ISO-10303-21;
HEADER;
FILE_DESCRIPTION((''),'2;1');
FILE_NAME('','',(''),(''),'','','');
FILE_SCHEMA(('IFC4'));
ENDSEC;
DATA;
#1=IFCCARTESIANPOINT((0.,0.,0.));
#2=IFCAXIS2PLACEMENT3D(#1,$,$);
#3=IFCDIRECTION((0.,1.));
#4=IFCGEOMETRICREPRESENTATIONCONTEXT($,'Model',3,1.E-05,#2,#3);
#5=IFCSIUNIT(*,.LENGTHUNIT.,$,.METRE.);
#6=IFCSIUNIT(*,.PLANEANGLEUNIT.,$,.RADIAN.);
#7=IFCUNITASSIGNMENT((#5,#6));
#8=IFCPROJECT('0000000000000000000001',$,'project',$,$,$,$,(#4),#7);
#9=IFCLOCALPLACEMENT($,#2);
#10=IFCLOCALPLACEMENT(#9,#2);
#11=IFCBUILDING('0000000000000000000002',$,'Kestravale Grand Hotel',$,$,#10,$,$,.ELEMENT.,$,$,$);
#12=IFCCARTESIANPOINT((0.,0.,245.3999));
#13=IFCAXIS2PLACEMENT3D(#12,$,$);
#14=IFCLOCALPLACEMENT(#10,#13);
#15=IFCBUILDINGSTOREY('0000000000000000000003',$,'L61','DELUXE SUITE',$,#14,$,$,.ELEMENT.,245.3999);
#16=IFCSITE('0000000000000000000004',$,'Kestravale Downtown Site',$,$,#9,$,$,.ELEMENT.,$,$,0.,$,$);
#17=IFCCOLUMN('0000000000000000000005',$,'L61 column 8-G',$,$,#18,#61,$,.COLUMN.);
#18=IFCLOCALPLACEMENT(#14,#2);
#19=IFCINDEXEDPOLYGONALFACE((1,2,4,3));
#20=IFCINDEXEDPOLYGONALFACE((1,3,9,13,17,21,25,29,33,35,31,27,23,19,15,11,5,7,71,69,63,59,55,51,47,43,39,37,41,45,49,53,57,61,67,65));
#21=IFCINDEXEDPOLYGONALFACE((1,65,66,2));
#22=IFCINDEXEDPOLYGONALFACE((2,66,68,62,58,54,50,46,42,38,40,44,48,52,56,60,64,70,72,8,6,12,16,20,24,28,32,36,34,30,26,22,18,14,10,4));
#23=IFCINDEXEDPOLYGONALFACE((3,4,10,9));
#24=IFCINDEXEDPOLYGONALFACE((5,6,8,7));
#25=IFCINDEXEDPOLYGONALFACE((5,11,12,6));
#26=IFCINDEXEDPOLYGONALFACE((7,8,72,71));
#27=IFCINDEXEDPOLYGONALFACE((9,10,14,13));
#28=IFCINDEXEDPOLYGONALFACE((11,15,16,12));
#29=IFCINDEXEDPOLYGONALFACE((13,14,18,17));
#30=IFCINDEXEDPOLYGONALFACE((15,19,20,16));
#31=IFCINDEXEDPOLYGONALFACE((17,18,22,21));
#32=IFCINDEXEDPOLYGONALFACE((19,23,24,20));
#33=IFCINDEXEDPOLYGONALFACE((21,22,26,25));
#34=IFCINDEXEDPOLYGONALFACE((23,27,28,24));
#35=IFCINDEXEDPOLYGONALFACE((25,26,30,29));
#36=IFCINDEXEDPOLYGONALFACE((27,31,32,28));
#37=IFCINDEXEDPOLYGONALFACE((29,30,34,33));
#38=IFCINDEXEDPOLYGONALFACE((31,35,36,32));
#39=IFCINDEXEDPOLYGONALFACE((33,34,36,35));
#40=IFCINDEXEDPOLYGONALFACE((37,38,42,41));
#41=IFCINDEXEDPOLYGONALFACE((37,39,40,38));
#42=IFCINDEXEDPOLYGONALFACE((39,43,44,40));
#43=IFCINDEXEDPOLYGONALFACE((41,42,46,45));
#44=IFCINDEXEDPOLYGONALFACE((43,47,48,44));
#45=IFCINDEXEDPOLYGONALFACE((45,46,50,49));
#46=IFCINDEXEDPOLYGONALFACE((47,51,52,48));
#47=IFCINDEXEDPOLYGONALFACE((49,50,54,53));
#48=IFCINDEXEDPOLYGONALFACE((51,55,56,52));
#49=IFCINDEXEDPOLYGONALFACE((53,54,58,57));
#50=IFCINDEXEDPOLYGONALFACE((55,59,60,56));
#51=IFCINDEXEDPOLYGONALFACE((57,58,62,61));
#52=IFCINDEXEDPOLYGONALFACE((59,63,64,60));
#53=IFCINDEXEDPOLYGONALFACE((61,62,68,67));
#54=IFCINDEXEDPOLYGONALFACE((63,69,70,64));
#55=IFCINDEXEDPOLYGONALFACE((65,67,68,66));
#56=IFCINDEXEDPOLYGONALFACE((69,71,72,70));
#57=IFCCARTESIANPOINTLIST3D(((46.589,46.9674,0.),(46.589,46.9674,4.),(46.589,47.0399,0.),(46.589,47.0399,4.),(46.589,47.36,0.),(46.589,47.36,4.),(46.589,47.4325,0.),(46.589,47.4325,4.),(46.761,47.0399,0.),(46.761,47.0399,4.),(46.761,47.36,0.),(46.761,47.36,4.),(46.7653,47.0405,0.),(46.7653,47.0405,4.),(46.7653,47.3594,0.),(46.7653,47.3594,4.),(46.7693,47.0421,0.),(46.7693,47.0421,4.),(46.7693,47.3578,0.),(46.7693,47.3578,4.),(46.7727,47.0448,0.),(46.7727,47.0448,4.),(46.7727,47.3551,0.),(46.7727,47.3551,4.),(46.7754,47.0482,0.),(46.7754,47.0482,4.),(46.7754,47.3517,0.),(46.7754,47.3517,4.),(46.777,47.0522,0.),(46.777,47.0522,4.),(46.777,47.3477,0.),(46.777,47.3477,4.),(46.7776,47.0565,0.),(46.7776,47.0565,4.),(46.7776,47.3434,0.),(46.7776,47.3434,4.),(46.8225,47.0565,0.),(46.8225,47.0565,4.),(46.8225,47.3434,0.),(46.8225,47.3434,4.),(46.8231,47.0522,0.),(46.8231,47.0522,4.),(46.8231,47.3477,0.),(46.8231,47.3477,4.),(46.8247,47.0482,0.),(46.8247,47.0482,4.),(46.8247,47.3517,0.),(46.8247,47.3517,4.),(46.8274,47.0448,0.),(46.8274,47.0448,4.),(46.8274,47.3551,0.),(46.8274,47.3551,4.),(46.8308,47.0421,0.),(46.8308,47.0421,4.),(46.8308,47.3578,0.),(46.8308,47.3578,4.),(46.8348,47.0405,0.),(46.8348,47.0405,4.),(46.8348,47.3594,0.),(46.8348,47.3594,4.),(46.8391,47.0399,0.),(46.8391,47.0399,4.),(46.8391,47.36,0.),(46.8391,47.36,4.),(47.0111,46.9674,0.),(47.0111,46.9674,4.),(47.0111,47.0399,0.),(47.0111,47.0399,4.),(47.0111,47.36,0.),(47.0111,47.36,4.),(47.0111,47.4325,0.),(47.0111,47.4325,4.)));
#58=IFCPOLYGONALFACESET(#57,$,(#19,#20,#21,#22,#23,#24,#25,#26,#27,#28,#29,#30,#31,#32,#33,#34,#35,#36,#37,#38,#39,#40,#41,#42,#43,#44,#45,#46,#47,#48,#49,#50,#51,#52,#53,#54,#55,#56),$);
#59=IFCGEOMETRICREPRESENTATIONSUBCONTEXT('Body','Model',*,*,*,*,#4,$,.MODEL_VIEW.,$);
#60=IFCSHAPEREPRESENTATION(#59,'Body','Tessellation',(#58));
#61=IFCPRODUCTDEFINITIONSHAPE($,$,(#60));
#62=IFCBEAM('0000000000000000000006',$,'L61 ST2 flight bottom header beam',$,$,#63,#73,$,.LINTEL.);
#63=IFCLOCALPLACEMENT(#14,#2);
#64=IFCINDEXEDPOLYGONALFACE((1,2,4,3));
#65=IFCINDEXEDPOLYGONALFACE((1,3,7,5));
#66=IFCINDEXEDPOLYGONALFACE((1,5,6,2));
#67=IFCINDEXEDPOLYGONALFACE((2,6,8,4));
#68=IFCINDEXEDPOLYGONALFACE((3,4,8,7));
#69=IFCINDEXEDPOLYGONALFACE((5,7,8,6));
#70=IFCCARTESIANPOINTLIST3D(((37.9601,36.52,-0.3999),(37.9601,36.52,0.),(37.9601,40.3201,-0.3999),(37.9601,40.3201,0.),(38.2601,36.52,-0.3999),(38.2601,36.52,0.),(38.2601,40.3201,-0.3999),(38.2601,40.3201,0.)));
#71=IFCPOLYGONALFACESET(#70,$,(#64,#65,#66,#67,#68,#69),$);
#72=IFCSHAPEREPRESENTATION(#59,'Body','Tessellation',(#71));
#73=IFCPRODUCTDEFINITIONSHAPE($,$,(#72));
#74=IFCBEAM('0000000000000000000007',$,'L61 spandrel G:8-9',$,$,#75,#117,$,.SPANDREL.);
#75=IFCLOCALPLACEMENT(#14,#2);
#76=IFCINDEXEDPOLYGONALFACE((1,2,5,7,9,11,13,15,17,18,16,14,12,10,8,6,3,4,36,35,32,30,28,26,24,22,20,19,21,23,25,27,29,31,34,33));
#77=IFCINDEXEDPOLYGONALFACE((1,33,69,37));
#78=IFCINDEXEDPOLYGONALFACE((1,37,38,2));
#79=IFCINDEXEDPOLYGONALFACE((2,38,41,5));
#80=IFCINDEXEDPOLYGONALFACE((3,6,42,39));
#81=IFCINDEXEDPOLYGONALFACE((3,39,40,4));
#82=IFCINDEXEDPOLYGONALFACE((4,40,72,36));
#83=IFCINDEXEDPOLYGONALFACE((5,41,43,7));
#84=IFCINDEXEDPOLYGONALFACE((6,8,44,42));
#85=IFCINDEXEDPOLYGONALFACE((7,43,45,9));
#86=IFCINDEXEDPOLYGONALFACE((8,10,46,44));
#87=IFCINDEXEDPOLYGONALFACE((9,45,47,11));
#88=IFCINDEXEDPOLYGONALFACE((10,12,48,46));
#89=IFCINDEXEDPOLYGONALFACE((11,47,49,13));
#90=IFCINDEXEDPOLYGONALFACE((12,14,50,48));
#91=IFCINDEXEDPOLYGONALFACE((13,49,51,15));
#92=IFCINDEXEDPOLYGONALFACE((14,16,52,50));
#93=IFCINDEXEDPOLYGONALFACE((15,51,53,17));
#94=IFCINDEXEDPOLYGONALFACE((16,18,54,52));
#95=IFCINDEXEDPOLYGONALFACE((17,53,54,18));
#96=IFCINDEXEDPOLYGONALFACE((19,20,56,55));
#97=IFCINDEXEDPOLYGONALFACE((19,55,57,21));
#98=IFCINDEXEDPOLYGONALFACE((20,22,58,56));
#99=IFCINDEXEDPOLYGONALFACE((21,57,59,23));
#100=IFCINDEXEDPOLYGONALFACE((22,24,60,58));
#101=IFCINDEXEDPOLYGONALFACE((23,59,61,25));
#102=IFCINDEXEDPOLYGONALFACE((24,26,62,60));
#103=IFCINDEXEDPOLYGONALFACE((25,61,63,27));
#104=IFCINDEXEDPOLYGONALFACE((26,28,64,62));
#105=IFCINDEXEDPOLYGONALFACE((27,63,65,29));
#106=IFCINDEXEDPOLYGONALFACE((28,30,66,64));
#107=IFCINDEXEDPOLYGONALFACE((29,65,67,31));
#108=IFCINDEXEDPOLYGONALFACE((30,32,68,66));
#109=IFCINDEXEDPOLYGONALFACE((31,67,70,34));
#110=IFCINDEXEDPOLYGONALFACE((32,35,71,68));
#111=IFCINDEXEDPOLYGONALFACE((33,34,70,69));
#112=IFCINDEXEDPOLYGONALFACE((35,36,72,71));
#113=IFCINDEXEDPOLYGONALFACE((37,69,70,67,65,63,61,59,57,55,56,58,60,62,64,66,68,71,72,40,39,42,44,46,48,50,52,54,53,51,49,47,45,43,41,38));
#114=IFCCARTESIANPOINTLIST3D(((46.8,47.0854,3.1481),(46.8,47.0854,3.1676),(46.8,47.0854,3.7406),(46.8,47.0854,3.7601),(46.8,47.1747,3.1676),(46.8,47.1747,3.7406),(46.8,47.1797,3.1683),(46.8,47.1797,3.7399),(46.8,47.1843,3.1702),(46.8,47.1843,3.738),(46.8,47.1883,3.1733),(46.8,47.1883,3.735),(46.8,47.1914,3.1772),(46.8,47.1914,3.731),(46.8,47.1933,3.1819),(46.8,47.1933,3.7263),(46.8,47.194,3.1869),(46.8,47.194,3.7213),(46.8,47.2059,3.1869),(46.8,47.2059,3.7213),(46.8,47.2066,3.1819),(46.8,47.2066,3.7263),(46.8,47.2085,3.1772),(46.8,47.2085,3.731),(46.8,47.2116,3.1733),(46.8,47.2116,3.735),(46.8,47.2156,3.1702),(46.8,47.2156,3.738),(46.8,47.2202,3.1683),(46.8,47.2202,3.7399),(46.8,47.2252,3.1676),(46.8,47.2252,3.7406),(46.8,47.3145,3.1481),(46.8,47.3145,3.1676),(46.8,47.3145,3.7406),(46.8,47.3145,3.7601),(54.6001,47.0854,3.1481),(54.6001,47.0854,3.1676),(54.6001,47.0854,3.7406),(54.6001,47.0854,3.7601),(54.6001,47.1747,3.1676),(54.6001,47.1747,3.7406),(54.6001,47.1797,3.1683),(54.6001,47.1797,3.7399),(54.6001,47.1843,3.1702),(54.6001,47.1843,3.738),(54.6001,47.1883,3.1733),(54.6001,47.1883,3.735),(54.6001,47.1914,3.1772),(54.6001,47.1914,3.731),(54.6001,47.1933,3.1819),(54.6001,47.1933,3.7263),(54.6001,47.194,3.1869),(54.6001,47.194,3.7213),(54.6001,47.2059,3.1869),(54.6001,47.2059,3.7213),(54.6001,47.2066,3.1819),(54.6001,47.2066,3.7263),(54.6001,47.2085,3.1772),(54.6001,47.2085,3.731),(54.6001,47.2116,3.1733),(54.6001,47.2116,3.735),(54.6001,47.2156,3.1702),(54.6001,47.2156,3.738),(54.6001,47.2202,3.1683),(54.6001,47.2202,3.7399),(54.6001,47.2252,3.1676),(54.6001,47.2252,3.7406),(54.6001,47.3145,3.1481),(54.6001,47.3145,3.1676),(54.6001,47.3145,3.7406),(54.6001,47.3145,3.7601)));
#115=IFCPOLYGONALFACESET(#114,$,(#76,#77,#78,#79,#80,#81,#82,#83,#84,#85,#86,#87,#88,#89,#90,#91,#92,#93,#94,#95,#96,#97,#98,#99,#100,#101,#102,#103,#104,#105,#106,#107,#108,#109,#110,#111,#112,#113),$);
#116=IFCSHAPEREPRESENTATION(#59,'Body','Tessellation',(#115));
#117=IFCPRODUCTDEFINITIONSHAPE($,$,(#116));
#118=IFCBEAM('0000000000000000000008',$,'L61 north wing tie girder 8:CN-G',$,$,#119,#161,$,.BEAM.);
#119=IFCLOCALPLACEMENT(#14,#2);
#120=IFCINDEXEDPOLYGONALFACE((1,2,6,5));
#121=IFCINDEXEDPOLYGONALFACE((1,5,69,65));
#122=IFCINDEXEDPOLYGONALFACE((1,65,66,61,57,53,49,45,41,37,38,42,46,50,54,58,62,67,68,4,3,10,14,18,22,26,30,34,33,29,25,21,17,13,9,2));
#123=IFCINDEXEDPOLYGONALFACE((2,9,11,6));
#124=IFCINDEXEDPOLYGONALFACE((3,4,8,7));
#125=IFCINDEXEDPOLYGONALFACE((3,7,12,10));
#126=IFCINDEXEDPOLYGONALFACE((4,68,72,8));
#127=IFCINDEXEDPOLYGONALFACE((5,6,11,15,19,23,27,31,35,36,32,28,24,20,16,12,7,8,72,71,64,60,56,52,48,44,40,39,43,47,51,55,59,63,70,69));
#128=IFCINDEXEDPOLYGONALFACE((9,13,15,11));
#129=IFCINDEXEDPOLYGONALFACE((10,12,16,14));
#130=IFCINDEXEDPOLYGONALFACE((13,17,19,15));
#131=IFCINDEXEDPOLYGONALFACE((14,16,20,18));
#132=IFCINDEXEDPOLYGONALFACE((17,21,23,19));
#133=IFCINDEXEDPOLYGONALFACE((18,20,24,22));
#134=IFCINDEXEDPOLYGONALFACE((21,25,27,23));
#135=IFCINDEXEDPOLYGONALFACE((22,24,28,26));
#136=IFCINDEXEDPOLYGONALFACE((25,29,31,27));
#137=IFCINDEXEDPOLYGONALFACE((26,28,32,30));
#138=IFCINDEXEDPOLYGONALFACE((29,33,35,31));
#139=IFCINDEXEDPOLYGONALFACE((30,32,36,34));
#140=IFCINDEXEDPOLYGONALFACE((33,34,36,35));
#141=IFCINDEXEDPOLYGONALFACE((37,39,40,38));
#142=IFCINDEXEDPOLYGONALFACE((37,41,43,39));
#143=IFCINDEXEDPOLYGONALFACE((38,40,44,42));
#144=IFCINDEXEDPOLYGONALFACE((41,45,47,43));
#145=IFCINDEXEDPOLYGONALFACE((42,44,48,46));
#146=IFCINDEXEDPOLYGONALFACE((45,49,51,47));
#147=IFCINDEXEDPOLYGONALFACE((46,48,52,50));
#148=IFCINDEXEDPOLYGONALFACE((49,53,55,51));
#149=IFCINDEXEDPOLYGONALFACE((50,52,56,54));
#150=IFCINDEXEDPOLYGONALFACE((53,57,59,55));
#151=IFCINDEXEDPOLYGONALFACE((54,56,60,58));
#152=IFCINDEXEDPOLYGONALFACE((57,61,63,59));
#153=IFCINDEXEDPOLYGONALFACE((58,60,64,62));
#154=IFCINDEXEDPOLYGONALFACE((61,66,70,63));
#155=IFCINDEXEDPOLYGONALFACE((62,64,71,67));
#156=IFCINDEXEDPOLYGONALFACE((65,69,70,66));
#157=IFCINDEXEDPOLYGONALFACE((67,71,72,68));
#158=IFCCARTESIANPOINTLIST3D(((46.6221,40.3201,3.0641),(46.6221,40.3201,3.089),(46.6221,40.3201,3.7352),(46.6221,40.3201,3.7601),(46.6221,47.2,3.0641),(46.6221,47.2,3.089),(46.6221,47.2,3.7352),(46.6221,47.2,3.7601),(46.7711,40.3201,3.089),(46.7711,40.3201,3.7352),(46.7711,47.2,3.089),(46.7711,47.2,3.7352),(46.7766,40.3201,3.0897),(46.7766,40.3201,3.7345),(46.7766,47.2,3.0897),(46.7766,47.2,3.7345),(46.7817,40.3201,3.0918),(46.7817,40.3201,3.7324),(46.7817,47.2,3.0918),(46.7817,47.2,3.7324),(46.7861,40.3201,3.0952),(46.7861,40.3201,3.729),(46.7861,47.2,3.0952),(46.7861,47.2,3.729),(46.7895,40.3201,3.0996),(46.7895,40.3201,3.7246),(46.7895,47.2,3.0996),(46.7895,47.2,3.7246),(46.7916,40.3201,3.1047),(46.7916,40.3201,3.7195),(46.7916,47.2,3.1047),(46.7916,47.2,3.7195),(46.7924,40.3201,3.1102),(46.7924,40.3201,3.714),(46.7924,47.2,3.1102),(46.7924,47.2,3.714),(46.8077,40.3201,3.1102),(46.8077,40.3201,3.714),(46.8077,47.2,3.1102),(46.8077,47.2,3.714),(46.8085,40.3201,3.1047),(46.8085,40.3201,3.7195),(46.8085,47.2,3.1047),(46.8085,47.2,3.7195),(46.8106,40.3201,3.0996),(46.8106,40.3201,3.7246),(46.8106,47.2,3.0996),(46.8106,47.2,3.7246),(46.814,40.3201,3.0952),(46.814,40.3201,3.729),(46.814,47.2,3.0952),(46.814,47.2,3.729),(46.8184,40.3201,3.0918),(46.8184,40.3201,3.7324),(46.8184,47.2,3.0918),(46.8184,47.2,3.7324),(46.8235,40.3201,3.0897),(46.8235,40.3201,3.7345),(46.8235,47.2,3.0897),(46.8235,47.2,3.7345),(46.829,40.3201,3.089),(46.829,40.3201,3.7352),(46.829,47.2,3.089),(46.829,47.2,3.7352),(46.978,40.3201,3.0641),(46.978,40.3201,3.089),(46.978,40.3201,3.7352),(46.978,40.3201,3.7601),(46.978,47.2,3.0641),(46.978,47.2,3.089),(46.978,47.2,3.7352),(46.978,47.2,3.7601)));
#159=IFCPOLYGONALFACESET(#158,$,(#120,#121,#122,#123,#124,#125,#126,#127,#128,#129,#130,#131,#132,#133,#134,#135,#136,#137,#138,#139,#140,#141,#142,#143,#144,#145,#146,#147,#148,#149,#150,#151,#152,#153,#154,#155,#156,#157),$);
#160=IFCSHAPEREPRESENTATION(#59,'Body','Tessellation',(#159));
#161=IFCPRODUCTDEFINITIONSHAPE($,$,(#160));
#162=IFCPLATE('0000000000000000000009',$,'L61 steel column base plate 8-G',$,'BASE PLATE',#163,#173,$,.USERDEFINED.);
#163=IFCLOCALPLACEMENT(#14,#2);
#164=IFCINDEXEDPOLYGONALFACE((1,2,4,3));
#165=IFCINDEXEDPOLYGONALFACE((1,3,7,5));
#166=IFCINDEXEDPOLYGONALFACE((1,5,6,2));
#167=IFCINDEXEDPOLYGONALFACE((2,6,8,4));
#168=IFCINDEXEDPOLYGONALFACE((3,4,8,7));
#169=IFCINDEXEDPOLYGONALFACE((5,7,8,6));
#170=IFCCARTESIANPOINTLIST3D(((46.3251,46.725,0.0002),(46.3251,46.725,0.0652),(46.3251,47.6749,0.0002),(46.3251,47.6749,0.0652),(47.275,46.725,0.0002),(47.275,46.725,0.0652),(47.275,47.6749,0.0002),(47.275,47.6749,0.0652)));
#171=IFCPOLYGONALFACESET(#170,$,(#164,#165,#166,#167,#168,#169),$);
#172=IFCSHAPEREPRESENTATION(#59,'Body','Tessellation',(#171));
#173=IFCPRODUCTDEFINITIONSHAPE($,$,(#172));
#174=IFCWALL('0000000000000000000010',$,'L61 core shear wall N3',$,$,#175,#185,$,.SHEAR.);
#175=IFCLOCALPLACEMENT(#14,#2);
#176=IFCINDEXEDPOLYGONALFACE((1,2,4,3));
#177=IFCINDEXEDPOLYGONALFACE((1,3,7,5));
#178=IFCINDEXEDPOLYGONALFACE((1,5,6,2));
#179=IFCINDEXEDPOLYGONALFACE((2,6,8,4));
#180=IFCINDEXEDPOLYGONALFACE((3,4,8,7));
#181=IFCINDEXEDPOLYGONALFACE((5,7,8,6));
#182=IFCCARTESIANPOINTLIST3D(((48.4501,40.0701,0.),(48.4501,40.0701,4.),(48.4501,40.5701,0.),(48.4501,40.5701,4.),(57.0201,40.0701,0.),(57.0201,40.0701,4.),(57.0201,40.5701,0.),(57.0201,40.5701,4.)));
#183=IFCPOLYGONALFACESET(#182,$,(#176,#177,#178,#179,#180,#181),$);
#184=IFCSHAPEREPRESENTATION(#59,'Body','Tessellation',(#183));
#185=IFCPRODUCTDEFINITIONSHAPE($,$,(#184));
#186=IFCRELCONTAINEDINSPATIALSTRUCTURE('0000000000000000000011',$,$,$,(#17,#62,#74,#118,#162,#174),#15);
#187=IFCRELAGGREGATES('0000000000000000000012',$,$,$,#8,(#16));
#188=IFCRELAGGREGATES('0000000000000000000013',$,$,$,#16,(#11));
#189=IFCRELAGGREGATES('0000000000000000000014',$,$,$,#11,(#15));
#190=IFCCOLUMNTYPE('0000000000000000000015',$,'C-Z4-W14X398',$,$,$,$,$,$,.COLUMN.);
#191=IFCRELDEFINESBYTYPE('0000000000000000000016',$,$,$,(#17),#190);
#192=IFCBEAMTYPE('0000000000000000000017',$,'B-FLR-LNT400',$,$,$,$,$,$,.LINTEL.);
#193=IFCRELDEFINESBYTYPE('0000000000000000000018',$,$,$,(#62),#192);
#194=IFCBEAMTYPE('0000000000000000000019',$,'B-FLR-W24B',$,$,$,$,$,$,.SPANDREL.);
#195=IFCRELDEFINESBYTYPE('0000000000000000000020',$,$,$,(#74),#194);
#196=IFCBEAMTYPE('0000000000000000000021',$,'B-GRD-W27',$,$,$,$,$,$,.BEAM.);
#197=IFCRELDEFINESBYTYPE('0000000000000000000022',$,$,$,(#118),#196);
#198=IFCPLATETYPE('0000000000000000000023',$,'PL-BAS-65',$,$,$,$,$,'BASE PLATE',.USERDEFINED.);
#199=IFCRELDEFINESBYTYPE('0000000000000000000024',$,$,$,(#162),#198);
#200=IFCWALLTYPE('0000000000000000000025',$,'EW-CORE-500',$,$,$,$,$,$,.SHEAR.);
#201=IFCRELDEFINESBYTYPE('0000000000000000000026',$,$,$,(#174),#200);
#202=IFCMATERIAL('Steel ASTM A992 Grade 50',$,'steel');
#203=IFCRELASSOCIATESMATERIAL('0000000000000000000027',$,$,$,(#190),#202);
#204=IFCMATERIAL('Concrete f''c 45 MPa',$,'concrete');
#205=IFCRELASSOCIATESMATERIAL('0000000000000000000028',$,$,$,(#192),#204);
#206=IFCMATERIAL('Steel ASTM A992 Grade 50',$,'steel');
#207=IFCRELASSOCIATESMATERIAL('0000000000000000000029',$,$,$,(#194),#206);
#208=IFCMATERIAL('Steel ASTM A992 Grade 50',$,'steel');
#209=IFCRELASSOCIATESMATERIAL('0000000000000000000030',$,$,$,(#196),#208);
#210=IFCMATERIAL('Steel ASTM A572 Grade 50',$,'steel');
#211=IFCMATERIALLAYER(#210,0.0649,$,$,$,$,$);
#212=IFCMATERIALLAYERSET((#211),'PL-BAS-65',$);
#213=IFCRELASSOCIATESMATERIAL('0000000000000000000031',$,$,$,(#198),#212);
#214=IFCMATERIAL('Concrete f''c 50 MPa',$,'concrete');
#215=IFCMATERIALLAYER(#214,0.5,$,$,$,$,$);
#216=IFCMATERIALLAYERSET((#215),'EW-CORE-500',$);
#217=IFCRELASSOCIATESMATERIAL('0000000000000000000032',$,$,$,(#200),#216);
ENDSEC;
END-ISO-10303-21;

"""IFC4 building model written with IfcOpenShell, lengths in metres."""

from ifc_helpers import new_model, si_unit, direction, frame, frame_2d, origin, origin_2d, place, context, subcontext, project, spatial, rectangle, i_section, extrude, material, layer, layer_set, material_profile, profile_set, type_object, element, save


model = new_model("IFC4")

# Units and contexts
model_context = context("Model", 3, precision=1e-05, world=origin(), true_north=direction((0.0, 1.0)))
body_context = subcontext(model_context, "Body", "Model", "MODEL_VIEW")
ifc_project = project(units=[si_unit("LENGTHUNIT", "METRE"), si_unit("PLANEANGLEUNIT", "RADIAN")], contexts=[model_context])

# Site, building, storey
site_placement = place(None, origin())
site = spatial("IfcSite", under=ifc_project, at=site_placement, Name="Kestravale Downtown Site", CompositionType="ELEMENT", RefElevation=0.0)
building_placement = place(site_placement, origin())
building = spatial("IfcBuilding", under=site, at=building_placement, Name="Kestravale Grand Hotel", CompositionType="ELEMENT")
storey_placement = place(building_placement, frame((0.0, 0.0, 245.3999)))
storey = spatial("IfcBuildingStorey", under=building, at=storey_placement, Name="L61", Description="DELUXE SUITE", CompositionType="ELEMENT", Elevation=245.3999)

# Column
ifc_material_1 = material(Name="Steel ASTM A992 Grade 50", Category="steel")
ifc_material_profile_1 = material_profile(ifc_material_1, i_section(OverallWidth=0.4221, OverallDepth=0.4651, WebThickness=0.0449, FlangeThickness=0.0725, FilletRadius=0.0166, at=origin_2d()))
ifc_profile_set_1 = profile_set([ifc_material_profile_1], Name="Steel ASTM A992 Grade 50")
column_type = type_object("IfcColumnType", Name="C-Z4-W14X398", PredefinedType="COLUMN", material=ifc_profile_set_1)
column_placement = place(storey_placement, frame((46.8, 47.2, 0.0), z_axis=(0.0, 0.0, 1.0), x_axis=(1.0, 0.0, 0.0)))
element("IfcColumn", 1, at=column_placement, inside=storey, type_object=column_type, Name="L61 column 8-G", PredefinedType="COLUMN", context=body_context, shape_type="SweptSolid", body=[
    extrude(i_section(OverallWidth=0.4221, OverallDepth=0.4651, WebThickness=0.0449, FlangeThickness=0.0725, FilletRadius=0.0166, at=origin_2d()), origin(), (0.0, 0.0, 1.0), 4.0),
])

# Beams
ifc_material_2 = material(Name="Concrete f'c 45 MPa", Category="concrete")
ifc_material_profile_2 = material_profile(ifc_material_2, rectangle(XDim=0.3, YDim=0.3999, at=origin_2d()))
ifc_profile_set_2 = profile_set([ifc_material_profile_2], Name="Concrete f'c 45 MPa")
beam_type_1 = type_object("IfcBeamType", Name="B-FLR-LNT400", PredefinedType="LINTEL", material=ifc_profile_set_2)
beam_1_placement = place(storey_placement, frame((38.1101, 36.52, -0.2), z_axis=(0.0, 1.0, 0.0), x_axis=(-1.0, 0.0, 0.0)))
element("IfcBeam", 2, at=beam_1_placement, inside=storey, type_object=beam_type_1, Name="L61 ST2 flight bottom header beam", PredefinedType="LINTEL", context=body_context, shape_type="SweptSolid", body=[
    extrude(rectangle(XDim=0.3, YDim=0.3999, at=origin_2d()), origin(), (0.0, 0.0, 1.0), 3.8),
])
ifc_material_3 = material(Name="Steel ASTM A992 Grade 50", Category="steel")
ifc_material_profile_3 = material_profile(ifc_material_3, i_section(OverallWidth=0.229, OverallDepth=0.6121, WebThickness=0.012, FlangeThickness=0.0195, FilletRadius=0.0193, at=origin_2d()))
ifc_profile_set_3 = profile_set([ifc_material_profile_3], Name="Steel ASTM A992 Grade 50")
beam_type_2 = type_object("IfcBeamType", Name="B-FLR-W24B", PredefinedType="SPANDREL", material=ifc_profile_set_3)
beam_2_placement = place(storey_placement, frame((46.8, 47.2, 3.4541), z_axis=(1.0, 0.0, 0.0), x_axis=(0.0, 1.0, 0.0)))
element("IfcBeam", 3, at=beam_2_placement, inside=storey, type_object=beam_type_2, Name="L61 spandrel G:8-9", PredefinedType="SPANDREL", context=body_context, shape_type="SweptSolid", body=[
    extrude(i_section(OverallWidth=0.229, OverallDepth=0.6121, WebThickness=0.012, FlangeThickness=0.0195, FilletRadius=0.0193, at=origin_2d()), origin(), (0.0, 0.0, 1.0), 7.8),
])
ifc_material_4 = material(Name="Steel ASTM A992 Grade 50", Category="steel")
ifc_material_profile_4 = material_profile(ifc_material_4, i_section(OverallWidth=0.356, OverallDepth=0.696, WebThickness=0.0154, FlangeThickness=0.0249, FilletRadius=0.0212, at=origin_2d()))
ifc_profile_set_4 = profile_set([ifc_material_profile_4], Name="Steel ASTM A992 Grade 50")
beam_type_3 = type_object("IfcBeamType", Name="B-GRD-W27", PredefinedType="BEAM", material=ifc_profile_set_4)
beam_3_placement = place(storey_placement, frame((46.8, 40.3201, 3.4121), z_axis=(0.0, 1.0, 0.0), x_axis=(-1.0, 0.0, 0.0)))
element("IfcBeam", 4, at=beam_3_placement, inside=storey, type_object=beam_type_3, Name="L61 north wing tie girder 8:CN-G", PredefinedType="BEAM", context=body_context, shape_type="SweptSolid", body=[
    extrude(i_section(OverallWidth=0.356, OverallDepth=0.696, WebThickness=0.0154, FlangeThickness=0.0249, FilletRadius=0.0212, at=origin_2d()), origin(), (0.0, 0.0, 1.0), 6.8799),
])

# Plate
ifc_material_5 = material(Name="Steel ASTM A572 Grade 50", Category="steel")
ifc_layer_1 = layer(ifc_material_5, 0.0649)
ifc_layer_set_1 = layer_set([ifc_layer_1], Name="PL-BAS-65")
plate_type = type_object("IfcPlateType", Name="PL-BAS-65", ElementType="BASE PLATE", PredefinedType="USERDEFINED", material=ifc_layer_set_1)
plate_placement = place(storey_placement, frame((46.8, 47.2, 0.0002), z_axis=(0.0, 0.0, 1.0), x_axis=(1.0, 0.0, 0.0)))
element("IfcPlate", 5, at=plate_placement, inside=storey, type_object=plate_type, Name="L61 steel column base plate 8-G", ObjectType="BASE PLATE", PredefinedType="USERDEFINED", context=body_context, shape_type="SweptSolid", body=[
    extrude(rectangle(XDim=0.95, YDim=0.95, at=origin_2d()), origin(), (0.0, 0.0, 1.0), 0.0649),
])

# Wall
ifc_material_6 = material(Name="Concrete f'c 50 MPa", Category="concrete")
ifc_layer_2 = layer(ifc_material_6, 0.5)
ifc_layer_set_2 = layer_set([ifc_layer_2], Name="EW-CORE-500")
wall_type_1 = type_object("IfcWallType", Name="EW-CORE-500", PredefinedType="SHEAR", material=ifc_layer_set_2)
wall_1_placement = place(storey_placement, frame((48.45, 40.3201, 0.0), z_axis=(0.0, 0.0, 1.0), x_axis=(1.0, 0.0, 0.0)))
element("IfcWall", 6, at=wall_1_placement, inside=storey, type_object=wall_type_1, Name="L61 core shear wall N3", PredefinedType="SHEAR", context=body_context, shape_type="SweptSolid", body=[
    extrude(rectangle(XDim=8.5701, YDim=0.5, at=frame_2d((4.2852, 0.0))), origin(), (0.0, 0.0, 1.0), 4.0),
])

save(model, "model.ifc")
